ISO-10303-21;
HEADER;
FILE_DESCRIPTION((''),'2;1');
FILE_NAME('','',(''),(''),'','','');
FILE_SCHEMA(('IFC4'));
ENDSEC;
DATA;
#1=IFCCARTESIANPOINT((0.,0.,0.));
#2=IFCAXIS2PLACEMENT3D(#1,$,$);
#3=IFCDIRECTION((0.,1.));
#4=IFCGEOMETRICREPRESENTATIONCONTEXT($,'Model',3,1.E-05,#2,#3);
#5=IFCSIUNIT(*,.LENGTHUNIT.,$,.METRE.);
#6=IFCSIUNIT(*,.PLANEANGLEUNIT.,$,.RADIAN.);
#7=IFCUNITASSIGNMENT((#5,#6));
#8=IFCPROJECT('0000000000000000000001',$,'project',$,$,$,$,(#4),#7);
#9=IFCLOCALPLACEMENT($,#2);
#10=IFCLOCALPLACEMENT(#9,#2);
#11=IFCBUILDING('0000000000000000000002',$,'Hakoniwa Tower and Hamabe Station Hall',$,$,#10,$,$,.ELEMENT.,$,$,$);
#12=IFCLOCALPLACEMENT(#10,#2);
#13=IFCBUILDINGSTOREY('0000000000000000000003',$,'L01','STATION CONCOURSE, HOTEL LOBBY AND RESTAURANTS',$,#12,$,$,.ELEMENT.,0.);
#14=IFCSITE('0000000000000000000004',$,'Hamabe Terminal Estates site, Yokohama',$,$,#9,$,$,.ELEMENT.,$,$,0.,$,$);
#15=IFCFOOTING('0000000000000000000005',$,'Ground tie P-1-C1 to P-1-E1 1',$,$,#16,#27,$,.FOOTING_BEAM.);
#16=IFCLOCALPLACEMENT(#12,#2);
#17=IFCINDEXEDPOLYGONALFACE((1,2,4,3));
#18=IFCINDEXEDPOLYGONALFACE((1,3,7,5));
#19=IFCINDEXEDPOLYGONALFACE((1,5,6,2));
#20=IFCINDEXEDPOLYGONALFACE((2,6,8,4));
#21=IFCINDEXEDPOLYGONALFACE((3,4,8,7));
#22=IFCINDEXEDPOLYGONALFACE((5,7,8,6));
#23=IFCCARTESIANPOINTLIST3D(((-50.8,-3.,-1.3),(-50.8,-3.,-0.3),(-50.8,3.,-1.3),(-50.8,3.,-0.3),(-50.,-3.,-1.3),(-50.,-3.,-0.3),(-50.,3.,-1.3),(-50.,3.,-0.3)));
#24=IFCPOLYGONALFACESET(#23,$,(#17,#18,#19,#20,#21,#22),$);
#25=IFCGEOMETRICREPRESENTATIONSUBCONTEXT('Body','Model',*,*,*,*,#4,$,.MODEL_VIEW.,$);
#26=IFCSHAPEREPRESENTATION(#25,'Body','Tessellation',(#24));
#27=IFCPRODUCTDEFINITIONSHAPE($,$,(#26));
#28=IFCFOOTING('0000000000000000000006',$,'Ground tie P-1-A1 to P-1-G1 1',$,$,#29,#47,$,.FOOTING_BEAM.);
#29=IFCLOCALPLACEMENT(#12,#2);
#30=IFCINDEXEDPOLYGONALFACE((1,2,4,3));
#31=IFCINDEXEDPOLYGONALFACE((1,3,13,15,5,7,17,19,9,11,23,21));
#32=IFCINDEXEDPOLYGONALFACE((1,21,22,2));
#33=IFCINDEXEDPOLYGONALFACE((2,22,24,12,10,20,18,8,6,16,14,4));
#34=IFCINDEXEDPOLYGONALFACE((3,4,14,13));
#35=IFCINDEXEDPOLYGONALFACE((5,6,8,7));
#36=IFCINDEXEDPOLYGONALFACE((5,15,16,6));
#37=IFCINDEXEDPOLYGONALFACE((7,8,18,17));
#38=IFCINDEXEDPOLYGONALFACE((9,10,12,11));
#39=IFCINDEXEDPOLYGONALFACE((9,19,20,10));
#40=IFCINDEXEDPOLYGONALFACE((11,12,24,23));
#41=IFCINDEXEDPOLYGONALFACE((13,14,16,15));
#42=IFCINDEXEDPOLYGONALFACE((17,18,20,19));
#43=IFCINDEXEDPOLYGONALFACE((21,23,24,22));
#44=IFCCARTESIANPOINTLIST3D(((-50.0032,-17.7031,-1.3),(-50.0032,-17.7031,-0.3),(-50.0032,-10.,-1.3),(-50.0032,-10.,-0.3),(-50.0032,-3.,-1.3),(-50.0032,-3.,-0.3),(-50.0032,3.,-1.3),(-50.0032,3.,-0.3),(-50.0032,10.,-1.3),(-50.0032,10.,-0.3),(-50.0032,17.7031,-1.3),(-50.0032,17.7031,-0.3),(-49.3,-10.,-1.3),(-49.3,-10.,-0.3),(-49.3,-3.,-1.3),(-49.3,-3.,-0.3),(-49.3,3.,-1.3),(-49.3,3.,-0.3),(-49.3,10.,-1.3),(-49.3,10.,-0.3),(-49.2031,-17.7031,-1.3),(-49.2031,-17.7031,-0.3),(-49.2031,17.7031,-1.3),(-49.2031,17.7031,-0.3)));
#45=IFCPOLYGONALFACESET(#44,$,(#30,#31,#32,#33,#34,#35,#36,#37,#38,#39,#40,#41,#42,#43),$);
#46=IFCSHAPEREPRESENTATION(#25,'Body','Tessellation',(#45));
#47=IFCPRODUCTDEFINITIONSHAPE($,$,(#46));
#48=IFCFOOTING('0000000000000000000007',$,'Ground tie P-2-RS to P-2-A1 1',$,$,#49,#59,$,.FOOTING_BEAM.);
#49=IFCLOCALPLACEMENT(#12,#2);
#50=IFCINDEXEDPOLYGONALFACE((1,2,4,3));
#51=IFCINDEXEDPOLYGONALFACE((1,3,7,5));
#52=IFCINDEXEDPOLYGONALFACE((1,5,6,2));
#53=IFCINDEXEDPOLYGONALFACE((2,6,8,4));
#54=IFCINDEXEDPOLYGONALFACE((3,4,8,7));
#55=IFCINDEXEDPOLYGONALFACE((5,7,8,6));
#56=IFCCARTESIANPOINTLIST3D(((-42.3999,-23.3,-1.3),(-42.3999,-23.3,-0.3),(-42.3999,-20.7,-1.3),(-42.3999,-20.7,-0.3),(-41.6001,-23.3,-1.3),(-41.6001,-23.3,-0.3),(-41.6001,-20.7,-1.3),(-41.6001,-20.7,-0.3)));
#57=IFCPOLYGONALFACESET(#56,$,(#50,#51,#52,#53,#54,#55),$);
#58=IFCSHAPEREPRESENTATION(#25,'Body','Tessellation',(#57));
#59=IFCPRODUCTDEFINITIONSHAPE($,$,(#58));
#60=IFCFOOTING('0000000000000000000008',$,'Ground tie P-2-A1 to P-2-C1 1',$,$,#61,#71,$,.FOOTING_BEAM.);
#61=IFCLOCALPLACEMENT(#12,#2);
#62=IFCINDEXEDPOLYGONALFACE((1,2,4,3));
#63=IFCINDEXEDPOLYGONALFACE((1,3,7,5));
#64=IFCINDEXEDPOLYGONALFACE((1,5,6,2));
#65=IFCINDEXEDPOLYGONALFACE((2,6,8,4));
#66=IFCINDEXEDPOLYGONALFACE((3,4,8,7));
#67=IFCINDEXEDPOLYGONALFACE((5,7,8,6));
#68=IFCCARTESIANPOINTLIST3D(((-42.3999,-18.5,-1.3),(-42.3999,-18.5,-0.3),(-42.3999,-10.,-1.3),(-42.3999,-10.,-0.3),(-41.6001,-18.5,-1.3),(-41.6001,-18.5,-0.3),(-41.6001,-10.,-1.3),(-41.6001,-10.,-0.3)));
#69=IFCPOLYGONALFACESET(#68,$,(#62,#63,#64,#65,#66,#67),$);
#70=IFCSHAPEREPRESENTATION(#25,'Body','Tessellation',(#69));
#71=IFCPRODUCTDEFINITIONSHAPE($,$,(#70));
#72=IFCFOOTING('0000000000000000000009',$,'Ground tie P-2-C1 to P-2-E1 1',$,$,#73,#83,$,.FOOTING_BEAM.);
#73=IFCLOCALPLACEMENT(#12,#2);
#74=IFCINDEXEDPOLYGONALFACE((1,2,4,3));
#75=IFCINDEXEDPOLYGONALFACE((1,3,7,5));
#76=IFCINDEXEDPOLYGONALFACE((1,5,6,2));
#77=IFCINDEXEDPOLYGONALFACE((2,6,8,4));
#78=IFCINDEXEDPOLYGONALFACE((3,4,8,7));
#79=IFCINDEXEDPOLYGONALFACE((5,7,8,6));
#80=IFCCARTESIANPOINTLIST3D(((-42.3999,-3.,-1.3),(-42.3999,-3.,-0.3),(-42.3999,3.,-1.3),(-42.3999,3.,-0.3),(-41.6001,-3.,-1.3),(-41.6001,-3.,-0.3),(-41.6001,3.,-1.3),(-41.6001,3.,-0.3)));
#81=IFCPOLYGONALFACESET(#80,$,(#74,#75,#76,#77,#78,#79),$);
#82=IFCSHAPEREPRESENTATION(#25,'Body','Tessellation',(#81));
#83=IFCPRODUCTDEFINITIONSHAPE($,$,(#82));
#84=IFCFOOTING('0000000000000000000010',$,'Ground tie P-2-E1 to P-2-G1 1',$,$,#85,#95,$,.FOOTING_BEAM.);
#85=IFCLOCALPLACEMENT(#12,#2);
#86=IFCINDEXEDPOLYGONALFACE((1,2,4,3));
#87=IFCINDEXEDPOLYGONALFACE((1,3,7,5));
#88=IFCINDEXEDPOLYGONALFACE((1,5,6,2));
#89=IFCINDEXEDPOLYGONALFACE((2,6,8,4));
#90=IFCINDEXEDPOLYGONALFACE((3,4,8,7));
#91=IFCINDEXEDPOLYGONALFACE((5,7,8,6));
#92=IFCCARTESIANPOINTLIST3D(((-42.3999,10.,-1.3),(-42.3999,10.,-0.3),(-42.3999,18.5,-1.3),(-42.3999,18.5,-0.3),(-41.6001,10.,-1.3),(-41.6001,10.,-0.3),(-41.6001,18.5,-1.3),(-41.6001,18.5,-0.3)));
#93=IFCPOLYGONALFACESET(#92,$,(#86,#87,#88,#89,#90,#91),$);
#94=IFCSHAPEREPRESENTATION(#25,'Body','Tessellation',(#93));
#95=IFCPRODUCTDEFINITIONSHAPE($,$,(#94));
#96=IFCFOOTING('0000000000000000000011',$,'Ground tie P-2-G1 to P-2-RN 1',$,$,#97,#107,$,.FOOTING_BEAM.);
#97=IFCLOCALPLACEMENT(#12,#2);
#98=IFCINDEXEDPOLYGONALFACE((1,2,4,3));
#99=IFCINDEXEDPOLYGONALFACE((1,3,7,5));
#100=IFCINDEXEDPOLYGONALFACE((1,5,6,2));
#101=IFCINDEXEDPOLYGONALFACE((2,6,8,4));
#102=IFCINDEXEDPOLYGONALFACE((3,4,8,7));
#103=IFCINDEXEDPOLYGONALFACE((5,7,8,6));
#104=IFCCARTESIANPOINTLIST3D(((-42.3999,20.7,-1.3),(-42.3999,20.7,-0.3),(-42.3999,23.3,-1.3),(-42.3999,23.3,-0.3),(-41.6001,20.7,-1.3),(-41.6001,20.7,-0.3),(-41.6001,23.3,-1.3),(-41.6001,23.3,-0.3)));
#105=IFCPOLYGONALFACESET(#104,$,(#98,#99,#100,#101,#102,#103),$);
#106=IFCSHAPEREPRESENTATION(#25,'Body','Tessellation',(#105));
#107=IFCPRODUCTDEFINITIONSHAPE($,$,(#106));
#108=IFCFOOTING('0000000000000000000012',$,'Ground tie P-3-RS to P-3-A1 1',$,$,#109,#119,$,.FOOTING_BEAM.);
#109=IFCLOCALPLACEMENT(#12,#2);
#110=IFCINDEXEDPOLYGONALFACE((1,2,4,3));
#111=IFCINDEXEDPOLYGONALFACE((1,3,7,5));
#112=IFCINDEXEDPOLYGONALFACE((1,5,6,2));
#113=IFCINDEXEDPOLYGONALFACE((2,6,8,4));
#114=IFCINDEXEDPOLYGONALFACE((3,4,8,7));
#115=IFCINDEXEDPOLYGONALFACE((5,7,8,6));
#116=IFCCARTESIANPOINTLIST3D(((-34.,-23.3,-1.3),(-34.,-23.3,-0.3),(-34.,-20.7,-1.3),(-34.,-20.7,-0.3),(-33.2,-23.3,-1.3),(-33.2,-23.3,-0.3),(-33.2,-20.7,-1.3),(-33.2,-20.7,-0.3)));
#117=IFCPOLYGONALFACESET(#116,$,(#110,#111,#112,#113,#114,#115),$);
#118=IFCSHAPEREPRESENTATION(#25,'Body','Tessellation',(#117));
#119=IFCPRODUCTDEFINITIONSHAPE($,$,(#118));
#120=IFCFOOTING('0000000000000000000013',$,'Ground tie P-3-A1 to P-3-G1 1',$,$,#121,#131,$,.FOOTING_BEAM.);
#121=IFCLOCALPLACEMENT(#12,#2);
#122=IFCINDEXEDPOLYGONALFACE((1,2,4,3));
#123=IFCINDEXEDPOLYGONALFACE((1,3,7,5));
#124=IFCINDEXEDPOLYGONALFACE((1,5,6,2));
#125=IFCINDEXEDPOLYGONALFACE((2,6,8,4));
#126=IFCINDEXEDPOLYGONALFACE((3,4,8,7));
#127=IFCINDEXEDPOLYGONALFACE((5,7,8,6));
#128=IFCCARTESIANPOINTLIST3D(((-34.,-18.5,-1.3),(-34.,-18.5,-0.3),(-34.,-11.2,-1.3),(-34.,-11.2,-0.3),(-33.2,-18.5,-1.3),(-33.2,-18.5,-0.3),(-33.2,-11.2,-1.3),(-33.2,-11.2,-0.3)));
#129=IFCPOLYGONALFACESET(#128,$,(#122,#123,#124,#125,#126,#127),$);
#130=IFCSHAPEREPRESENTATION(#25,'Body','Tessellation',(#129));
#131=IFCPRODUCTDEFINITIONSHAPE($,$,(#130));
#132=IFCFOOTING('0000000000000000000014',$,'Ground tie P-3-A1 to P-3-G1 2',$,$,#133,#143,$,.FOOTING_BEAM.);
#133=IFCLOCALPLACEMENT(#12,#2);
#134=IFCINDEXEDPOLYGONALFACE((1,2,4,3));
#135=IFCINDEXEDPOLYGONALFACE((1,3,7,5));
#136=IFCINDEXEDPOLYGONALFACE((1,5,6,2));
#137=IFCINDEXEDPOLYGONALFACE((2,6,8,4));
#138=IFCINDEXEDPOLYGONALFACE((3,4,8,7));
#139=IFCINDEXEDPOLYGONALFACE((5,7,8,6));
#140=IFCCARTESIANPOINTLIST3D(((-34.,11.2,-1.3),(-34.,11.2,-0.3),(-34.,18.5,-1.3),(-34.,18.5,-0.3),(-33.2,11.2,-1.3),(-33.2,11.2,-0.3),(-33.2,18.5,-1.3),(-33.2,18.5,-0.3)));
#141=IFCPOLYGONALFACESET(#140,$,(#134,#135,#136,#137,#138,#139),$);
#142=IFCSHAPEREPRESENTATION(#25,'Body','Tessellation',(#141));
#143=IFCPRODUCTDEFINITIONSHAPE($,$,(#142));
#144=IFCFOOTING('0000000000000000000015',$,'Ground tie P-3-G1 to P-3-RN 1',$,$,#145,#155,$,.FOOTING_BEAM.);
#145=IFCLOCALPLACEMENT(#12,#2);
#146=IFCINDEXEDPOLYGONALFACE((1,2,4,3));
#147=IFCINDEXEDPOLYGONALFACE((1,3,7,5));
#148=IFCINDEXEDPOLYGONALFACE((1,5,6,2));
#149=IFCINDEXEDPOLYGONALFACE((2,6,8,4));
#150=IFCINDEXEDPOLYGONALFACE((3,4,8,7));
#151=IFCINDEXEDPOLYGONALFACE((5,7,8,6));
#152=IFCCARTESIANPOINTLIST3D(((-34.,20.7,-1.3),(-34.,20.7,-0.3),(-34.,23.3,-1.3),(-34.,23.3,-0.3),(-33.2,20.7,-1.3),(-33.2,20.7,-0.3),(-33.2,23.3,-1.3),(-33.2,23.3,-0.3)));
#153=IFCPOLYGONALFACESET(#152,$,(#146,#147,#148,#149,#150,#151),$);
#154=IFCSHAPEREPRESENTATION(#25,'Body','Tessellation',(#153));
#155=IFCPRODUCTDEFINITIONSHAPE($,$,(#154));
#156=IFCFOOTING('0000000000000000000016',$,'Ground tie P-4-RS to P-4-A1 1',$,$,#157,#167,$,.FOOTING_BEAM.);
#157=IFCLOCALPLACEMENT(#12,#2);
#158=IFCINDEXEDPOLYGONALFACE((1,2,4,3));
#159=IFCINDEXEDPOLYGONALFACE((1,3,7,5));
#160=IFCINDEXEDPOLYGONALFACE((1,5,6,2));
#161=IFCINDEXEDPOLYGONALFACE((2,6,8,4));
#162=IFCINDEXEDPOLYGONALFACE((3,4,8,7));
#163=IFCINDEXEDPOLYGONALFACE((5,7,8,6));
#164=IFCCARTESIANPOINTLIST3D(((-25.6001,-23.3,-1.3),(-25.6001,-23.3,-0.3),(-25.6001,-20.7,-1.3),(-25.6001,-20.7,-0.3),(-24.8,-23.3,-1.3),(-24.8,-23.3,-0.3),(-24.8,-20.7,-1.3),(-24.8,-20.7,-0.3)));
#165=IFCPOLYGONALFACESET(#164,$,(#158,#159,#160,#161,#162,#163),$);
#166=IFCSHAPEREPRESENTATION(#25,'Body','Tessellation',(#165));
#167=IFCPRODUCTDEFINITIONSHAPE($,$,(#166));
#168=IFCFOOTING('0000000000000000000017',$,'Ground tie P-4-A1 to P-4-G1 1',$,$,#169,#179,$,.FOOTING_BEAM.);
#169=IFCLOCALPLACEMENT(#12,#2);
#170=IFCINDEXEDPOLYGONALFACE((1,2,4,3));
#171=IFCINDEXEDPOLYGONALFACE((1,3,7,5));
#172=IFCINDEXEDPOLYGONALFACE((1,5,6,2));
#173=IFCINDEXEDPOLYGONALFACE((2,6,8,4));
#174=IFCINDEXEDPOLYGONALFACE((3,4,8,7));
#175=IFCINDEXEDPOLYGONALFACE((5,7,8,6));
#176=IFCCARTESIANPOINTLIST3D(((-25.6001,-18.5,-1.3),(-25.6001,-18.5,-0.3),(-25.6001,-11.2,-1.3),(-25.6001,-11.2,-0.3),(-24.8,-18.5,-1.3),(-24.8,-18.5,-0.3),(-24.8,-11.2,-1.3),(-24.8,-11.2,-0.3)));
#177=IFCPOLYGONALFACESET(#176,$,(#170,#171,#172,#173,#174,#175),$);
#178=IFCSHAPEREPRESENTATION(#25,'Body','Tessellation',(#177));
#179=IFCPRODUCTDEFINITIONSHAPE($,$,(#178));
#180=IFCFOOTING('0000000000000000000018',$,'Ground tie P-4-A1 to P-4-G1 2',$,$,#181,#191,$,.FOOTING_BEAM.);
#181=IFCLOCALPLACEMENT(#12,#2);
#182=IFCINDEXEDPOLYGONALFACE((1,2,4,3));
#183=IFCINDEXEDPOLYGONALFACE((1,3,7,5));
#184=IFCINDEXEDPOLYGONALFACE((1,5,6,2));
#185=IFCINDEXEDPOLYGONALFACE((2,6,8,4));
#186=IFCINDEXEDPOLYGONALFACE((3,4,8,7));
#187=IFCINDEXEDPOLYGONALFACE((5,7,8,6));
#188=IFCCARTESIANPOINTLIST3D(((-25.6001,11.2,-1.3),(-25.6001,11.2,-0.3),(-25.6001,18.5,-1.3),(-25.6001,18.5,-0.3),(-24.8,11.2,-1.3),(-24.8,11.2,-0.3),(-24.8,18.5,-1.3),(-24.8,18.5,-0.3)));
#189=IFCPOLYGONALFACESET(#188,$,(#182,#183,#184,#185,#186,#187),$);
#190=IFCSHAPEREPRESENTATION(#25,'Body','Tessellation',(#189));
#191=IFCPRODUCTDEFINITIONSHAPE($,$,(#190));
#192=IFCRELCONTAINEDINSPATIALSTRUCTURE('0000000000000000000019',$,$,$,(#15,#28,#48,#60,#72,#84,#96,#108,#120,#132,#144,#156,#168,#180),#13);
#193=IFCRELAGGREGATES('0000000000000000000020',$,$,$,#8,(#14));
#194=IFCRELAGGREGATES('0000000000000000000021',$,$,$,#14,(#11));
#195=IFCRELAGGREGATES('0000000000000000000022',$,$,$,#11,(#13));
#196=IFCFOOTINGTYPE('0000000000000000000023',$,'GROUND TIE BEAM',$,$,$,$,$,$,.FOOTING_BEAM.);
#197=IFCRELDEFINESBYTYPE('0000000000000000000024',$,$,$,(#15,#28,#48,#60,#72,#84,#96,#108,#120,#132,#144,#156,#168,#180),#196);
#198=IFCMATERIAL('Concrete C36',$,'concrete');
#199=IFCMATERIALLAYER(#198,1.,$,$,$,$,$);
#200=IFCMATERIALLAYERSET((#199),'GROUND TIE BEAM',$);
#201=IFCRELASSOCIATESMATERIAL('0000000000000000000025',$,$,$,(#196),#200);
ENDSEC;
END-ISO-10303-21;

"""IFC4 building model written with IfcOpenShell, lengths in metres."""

from ifc_helpers import new_model, si_unit, direction, frame, origin, place, context, subcontext, project, spatial, polyline, outline, extrude, material, layer, layer_set, type_object, element, save


model = new_model("IFC4")

# Units and contexts
model_context = context("Model", 3, precision=1e-05, world=origin(), true_north=direction((0.0, 1.0)))
body_context = subcontext(model_context, "Body", "Model", "MODEL_VIEW")
ifc_project = project(units=[si_unit("LENGTHUNIT", "METRE"), si_unit("PLANEANGLEUNIT", "RADIAN")], contexts=[model_context])

# Site, building, storey
site_placement = place(None, origin())
site = spatial("IfcSite", under=ifc_project, at=site_placement, Name="Hamabe Terminal Estates site, Yokohama", CompositionType="ELEMENT", RefElevation=0.0)
building_placement = place(site_placement, origin())
building = spatial("IfcBuilding", under=site, at=building_placement, Name="Hakoniwa Tower and Hamabe Station Hall", CompositionType="ELEMENT")
storey_placement = place(building_placement, origin())
storey = spatial("IfcBuildingStorey", under=building, at=storey_placement, Name="L01", Description="STATION CONCOURSE, HOTEL LOBBY AND RESTAURANTS", CompositionType="ELEMENT", Elevation=0.0)

# Footings
ifc_material = material(Name="Concrete C36", Category="concrete")
ifc_layer = layer(ifc_material, 1.0)
ifc_layer_set = layer_set([ifc_layer], Name="GROUND TIE BEAM")
footing_type = type_object("IfcFootingType", Name="GROUND TIE BEAM", PredefinedType="FOOTING_BEAM", material=ifc_layer_set)
footing_1_placement = place(storey_placement, frame((0.0, 0.0, -1.3)))
element("IfcFooting", 1, at=footing_1_placement, inside=storey, type_object=footing_type, Name="Ground tie P-1-C1 to P-1-E1 1", PredefinedType="FOOTING_BEAM", context=body_context, shape_type="SweptSolid", body=[
    extrude(outline(polyline([(-50.8, 3.0), (-50.8, -3.0), (-50.0, -3.0), (-50.0, 3.0), (-50.8, 3.0)])), origin(), (0.0, 0.0, 1.0), 1.0),
])
footing_2_placement = place(storey_placement, frame((0.0, 0.0, -1.3)))
element("IfcFooting", 2, at=footing_2_placement, inside=storey, type_object=footing_type, Name="Ground tie P-1-A1 to P-1-G1 1", PredefinedType="FOOTING_BEAM", context=body_context, shape_type="SweptSolid", body=[
    extrude(outline(polyline([(-50.0032, -10.0), (-50.0032, -17.7031), (-49.2031, -17.7031), (-49.2031, 17.7031), (-50.0032, 17.7031), (-50.0032, 10.0), (-49.3, 10.0), (-49.3, 3.0), (-50.0032, 3.0), (-50.0032, -3.0), (-49.3, -3.0), (-49.3, -10.0), (-50.0032, -10.0)])), origin(), (0.0, 0.0, 1.0), 1.0),
])
footing_3_placement = place(storey_placement, frame((0.0, 0.0, -1.3)))
element("IfcFooting", 3, at=footing_3_placement, inside=storey, type_object=footing_type, Name="Ground tie P-2-RS to P-2-A1 1", PredefinedType="FOOTING_BEAM", context=body_context, shape_type="SweptSolid", body=[
    extrude(outline(polyline([(-42.3999, -20.7), (-42.3999, -23.3), (-41.6001, -23.3), (-41.6001, -20.7), (-42.3999, -20.7)])), origin(), (0.0, 0.0, 1.0), 1.0),
])
footing_4_placement = place(storey_placement, frame((0.0, 0.0, -1.3)))
element("IfcFooting", 4, at=footing_4_placement, inside=storey, type_object=footing_type, Name="Ground tie P-2-A1 to P-2-C1 1", PredefinedType="FOOTING_BEAM", context=body_context, shape_type="SweptSolid", body=[
    extrude(outline(polyline([(-42.3999, -10.0), (-42.3999, -18.5), (-41.6001, -18.5), (-41.6001, -10.0), (-42.3999, -10.0)])), origin(), (0.0, 0.0, 1.0), 1.0),
])
footing_5_placement = place(storey_placement, frame((0.0, 0.0, -1.3)))
element("IfcFooting", 5, at=footing_5_placement, inside=storey, type_object=footing_type, Name="Ground tie P-2-C1 to P-2-E1 1", PredefinedType="FOOTING_BEAM", context=body_context, shape_type="SweptSolid", body=[
    extrude(outline(polyline([(-42.3999, 3.0), (-42.3999, -3.0), (-41.6001, -3.0), (-41.6001, 3.0), (-42.3999, 3.0)])), origin(), (0.0, 0.0, 1.0), 1.0),
])
footing_6_placement = place(storey_placement, frame((0.0, 0.0, -1.3)))
element("IfcFooting", 6, at=footing_6_placement, inside=storey, type_object=footing_type, Name="Ground tie P-2-E1 to P-2-G1 1", PredefinedType="FOOTING_BEAM", context=body_context, shape_type="SweptSolid", body=[
    extrude(outline(polyline([(-42.3999, 18.5), (-42.3999, 10.0), (-41.6001, 10.0), (-41.6001, 18.5), (-42.3999, 18.5)])), origin(), (0.0, 0.0, 1.0), 1.0),
])
footing_7_placement = place(storey_placement, frame((0.0, 0.0, -1.3)))
element("IfcFooting", 7, at=footing_7_placement, inside=storey, type_object=footing_type, Name="Ground tie P-2-G1 to P-2-RN 1", PredefinedType="FOOTING_BEAM", context=body_context, shape_type="SweptSolid", body=[
    extrude(outline(polyline([(-42.3999, 23.3), (-42.3999, 20.7), (-41.6001, 20.7), (-41.6001, 23.3), (-42.3999, 23.3)])), origin(), (0.0, 0.0, 1.0), 1.0),
])
footing_8_placement = place(storey_placement, frame((0.0, 0.0, -1.3)))
element("IfcFooting", 8, at=footing_8_placement, inside=storey, type_object=footing_type, Name="Ground tie P-3-RS to P-3-A1 1", PredefinedType="FOOTING_BEAM", context=body_context, shape_type="SweptSolid", body=[
    extrude(outline(polyline([(-34.0, -20.7), (-34.0, -23.3), (-33.2, -23.3), (-33.2, -20.7), (-34.0, -20.7)])), origin(), (0.0, 0.0, 1.0), 1.0),
])
footing_9_placement = place(storey_placement, frame((0.0, 0.0, -1.3)))
element("IfcFooting", 9, at=footing_9_placement, inside=storey, type_object=footing_type, Name="Ground tie P-3-A1 to P-3-G1 1", PredefinedType="FOOTING_BEAM", context=body_context, shape_type="SweptSolid", body=[
    extrude(outline(polyline([(-34.0, -18.5), (-33.2, -18.5), (-33.2, -11.2), (-34.0, -11.2), (-34.0, -18.5)])), origin(), (0.0, 0.0, 1.0), 1.0),
])
footing_10_placement = place(storey_placement, frame((0.0, 0.0, -1.3)))
element("IfcFooting", 10, at=footing_10_placement, inside=storey, type_object=footing_type, Name="Ground tie P-3-A1 to P-3-G1 2", PredefinedType="FOOTING_BEAM", context=body_context, shape_type="SweptSolid", body=[
    extrude(outline(polyline([(-33.2, 18.5), (-34.0, 18.5), (-34.0, 11.2), (-33.2, 11.2), (-33.2, 18.5)])), origin(), (0.0, 0.0, 1.0), 1.0),
])
footing_11_placement = place(storey_placement, frame((0.0, 0.0, -1.3)))
element("IfcFooting", 11, at=footing_11_placement, inside=storey, type_object=footing_type, Name="Ground tie P-3-G1 to P-3-RN 1", PredefinedType="FOOTING_BEAM", context=body_context, shape_type="SweptSolid", body=[
    extrude(outline(polyline([(-34.0, 23.3), (-34.0, 20.7), (-33.2, 20.7), (-33.2, 23.3), (-34.0, 23.3)])), origin(), (0.0, 0.0, 1.0), 1.0),
])
footing_12_placement = place(storey_placement, frame((0.0, 0.0, -1.3)))
element("IfcFooting", 12, at=footing_12_placement, inside=storey, type_object=footing_type, Name="Ground tie P-4-RS to P-4-A1 1", PredefinedType="FOOTING_BEAM", context=body_context, shape_type="SweptSolid", body=[
    extrude(outline(polyline([(-25.6001, -20.7), (-25.6001, -23.3), (-24.8, -23.3), (-24.8, -20.7), (-25.6001, -20.7)])), origin(), (0.0, 0.0, 1.0), 1.0),
])
footing_13_placement = place(storey_placement, frame((0.0, 0.0, -1.3)))
element("IfcFooting", 13, at=footing_13_placement, inside=storey, type_object=footing_type, Name="Ground tie P-4-A1 to P-4-G1 1", PredefinedType="FOOTING_BEAM", context=body_context, shape_type="SweptSolid", body=[
    extrude(outline(polyline([(-25.6001, -18.5), (-24.8, -18.5), (-24.8, -11.2), (-25.6001, -11.2), (-25.6001, -18.5)])), origin(), (0.0, 0.0, 1.0), 1.0),
])
footing_14_placement = place(storey_placement, frame((0.0, 0.0, -1.3)))
element("IfcFooting", 14, at=footing_14_placement, inside=storey, type_object=footing_type, Name="Ground tie P-4-A1 to P-4-G1 2", PredefinedType="FOOTING_BEAM", context=body_context, shape_type="SweptSolid", body=[
    extrude(outline(polyline([(-24.8, 18.5), (-25.6001, 18.5), (-25.6001, 11.2), (-24.8, 11.2), (-24.8, 18.5)])), origin(), (0.0, 0.0, 1.0), 1.0),
])

save(model, "model.ifc")
